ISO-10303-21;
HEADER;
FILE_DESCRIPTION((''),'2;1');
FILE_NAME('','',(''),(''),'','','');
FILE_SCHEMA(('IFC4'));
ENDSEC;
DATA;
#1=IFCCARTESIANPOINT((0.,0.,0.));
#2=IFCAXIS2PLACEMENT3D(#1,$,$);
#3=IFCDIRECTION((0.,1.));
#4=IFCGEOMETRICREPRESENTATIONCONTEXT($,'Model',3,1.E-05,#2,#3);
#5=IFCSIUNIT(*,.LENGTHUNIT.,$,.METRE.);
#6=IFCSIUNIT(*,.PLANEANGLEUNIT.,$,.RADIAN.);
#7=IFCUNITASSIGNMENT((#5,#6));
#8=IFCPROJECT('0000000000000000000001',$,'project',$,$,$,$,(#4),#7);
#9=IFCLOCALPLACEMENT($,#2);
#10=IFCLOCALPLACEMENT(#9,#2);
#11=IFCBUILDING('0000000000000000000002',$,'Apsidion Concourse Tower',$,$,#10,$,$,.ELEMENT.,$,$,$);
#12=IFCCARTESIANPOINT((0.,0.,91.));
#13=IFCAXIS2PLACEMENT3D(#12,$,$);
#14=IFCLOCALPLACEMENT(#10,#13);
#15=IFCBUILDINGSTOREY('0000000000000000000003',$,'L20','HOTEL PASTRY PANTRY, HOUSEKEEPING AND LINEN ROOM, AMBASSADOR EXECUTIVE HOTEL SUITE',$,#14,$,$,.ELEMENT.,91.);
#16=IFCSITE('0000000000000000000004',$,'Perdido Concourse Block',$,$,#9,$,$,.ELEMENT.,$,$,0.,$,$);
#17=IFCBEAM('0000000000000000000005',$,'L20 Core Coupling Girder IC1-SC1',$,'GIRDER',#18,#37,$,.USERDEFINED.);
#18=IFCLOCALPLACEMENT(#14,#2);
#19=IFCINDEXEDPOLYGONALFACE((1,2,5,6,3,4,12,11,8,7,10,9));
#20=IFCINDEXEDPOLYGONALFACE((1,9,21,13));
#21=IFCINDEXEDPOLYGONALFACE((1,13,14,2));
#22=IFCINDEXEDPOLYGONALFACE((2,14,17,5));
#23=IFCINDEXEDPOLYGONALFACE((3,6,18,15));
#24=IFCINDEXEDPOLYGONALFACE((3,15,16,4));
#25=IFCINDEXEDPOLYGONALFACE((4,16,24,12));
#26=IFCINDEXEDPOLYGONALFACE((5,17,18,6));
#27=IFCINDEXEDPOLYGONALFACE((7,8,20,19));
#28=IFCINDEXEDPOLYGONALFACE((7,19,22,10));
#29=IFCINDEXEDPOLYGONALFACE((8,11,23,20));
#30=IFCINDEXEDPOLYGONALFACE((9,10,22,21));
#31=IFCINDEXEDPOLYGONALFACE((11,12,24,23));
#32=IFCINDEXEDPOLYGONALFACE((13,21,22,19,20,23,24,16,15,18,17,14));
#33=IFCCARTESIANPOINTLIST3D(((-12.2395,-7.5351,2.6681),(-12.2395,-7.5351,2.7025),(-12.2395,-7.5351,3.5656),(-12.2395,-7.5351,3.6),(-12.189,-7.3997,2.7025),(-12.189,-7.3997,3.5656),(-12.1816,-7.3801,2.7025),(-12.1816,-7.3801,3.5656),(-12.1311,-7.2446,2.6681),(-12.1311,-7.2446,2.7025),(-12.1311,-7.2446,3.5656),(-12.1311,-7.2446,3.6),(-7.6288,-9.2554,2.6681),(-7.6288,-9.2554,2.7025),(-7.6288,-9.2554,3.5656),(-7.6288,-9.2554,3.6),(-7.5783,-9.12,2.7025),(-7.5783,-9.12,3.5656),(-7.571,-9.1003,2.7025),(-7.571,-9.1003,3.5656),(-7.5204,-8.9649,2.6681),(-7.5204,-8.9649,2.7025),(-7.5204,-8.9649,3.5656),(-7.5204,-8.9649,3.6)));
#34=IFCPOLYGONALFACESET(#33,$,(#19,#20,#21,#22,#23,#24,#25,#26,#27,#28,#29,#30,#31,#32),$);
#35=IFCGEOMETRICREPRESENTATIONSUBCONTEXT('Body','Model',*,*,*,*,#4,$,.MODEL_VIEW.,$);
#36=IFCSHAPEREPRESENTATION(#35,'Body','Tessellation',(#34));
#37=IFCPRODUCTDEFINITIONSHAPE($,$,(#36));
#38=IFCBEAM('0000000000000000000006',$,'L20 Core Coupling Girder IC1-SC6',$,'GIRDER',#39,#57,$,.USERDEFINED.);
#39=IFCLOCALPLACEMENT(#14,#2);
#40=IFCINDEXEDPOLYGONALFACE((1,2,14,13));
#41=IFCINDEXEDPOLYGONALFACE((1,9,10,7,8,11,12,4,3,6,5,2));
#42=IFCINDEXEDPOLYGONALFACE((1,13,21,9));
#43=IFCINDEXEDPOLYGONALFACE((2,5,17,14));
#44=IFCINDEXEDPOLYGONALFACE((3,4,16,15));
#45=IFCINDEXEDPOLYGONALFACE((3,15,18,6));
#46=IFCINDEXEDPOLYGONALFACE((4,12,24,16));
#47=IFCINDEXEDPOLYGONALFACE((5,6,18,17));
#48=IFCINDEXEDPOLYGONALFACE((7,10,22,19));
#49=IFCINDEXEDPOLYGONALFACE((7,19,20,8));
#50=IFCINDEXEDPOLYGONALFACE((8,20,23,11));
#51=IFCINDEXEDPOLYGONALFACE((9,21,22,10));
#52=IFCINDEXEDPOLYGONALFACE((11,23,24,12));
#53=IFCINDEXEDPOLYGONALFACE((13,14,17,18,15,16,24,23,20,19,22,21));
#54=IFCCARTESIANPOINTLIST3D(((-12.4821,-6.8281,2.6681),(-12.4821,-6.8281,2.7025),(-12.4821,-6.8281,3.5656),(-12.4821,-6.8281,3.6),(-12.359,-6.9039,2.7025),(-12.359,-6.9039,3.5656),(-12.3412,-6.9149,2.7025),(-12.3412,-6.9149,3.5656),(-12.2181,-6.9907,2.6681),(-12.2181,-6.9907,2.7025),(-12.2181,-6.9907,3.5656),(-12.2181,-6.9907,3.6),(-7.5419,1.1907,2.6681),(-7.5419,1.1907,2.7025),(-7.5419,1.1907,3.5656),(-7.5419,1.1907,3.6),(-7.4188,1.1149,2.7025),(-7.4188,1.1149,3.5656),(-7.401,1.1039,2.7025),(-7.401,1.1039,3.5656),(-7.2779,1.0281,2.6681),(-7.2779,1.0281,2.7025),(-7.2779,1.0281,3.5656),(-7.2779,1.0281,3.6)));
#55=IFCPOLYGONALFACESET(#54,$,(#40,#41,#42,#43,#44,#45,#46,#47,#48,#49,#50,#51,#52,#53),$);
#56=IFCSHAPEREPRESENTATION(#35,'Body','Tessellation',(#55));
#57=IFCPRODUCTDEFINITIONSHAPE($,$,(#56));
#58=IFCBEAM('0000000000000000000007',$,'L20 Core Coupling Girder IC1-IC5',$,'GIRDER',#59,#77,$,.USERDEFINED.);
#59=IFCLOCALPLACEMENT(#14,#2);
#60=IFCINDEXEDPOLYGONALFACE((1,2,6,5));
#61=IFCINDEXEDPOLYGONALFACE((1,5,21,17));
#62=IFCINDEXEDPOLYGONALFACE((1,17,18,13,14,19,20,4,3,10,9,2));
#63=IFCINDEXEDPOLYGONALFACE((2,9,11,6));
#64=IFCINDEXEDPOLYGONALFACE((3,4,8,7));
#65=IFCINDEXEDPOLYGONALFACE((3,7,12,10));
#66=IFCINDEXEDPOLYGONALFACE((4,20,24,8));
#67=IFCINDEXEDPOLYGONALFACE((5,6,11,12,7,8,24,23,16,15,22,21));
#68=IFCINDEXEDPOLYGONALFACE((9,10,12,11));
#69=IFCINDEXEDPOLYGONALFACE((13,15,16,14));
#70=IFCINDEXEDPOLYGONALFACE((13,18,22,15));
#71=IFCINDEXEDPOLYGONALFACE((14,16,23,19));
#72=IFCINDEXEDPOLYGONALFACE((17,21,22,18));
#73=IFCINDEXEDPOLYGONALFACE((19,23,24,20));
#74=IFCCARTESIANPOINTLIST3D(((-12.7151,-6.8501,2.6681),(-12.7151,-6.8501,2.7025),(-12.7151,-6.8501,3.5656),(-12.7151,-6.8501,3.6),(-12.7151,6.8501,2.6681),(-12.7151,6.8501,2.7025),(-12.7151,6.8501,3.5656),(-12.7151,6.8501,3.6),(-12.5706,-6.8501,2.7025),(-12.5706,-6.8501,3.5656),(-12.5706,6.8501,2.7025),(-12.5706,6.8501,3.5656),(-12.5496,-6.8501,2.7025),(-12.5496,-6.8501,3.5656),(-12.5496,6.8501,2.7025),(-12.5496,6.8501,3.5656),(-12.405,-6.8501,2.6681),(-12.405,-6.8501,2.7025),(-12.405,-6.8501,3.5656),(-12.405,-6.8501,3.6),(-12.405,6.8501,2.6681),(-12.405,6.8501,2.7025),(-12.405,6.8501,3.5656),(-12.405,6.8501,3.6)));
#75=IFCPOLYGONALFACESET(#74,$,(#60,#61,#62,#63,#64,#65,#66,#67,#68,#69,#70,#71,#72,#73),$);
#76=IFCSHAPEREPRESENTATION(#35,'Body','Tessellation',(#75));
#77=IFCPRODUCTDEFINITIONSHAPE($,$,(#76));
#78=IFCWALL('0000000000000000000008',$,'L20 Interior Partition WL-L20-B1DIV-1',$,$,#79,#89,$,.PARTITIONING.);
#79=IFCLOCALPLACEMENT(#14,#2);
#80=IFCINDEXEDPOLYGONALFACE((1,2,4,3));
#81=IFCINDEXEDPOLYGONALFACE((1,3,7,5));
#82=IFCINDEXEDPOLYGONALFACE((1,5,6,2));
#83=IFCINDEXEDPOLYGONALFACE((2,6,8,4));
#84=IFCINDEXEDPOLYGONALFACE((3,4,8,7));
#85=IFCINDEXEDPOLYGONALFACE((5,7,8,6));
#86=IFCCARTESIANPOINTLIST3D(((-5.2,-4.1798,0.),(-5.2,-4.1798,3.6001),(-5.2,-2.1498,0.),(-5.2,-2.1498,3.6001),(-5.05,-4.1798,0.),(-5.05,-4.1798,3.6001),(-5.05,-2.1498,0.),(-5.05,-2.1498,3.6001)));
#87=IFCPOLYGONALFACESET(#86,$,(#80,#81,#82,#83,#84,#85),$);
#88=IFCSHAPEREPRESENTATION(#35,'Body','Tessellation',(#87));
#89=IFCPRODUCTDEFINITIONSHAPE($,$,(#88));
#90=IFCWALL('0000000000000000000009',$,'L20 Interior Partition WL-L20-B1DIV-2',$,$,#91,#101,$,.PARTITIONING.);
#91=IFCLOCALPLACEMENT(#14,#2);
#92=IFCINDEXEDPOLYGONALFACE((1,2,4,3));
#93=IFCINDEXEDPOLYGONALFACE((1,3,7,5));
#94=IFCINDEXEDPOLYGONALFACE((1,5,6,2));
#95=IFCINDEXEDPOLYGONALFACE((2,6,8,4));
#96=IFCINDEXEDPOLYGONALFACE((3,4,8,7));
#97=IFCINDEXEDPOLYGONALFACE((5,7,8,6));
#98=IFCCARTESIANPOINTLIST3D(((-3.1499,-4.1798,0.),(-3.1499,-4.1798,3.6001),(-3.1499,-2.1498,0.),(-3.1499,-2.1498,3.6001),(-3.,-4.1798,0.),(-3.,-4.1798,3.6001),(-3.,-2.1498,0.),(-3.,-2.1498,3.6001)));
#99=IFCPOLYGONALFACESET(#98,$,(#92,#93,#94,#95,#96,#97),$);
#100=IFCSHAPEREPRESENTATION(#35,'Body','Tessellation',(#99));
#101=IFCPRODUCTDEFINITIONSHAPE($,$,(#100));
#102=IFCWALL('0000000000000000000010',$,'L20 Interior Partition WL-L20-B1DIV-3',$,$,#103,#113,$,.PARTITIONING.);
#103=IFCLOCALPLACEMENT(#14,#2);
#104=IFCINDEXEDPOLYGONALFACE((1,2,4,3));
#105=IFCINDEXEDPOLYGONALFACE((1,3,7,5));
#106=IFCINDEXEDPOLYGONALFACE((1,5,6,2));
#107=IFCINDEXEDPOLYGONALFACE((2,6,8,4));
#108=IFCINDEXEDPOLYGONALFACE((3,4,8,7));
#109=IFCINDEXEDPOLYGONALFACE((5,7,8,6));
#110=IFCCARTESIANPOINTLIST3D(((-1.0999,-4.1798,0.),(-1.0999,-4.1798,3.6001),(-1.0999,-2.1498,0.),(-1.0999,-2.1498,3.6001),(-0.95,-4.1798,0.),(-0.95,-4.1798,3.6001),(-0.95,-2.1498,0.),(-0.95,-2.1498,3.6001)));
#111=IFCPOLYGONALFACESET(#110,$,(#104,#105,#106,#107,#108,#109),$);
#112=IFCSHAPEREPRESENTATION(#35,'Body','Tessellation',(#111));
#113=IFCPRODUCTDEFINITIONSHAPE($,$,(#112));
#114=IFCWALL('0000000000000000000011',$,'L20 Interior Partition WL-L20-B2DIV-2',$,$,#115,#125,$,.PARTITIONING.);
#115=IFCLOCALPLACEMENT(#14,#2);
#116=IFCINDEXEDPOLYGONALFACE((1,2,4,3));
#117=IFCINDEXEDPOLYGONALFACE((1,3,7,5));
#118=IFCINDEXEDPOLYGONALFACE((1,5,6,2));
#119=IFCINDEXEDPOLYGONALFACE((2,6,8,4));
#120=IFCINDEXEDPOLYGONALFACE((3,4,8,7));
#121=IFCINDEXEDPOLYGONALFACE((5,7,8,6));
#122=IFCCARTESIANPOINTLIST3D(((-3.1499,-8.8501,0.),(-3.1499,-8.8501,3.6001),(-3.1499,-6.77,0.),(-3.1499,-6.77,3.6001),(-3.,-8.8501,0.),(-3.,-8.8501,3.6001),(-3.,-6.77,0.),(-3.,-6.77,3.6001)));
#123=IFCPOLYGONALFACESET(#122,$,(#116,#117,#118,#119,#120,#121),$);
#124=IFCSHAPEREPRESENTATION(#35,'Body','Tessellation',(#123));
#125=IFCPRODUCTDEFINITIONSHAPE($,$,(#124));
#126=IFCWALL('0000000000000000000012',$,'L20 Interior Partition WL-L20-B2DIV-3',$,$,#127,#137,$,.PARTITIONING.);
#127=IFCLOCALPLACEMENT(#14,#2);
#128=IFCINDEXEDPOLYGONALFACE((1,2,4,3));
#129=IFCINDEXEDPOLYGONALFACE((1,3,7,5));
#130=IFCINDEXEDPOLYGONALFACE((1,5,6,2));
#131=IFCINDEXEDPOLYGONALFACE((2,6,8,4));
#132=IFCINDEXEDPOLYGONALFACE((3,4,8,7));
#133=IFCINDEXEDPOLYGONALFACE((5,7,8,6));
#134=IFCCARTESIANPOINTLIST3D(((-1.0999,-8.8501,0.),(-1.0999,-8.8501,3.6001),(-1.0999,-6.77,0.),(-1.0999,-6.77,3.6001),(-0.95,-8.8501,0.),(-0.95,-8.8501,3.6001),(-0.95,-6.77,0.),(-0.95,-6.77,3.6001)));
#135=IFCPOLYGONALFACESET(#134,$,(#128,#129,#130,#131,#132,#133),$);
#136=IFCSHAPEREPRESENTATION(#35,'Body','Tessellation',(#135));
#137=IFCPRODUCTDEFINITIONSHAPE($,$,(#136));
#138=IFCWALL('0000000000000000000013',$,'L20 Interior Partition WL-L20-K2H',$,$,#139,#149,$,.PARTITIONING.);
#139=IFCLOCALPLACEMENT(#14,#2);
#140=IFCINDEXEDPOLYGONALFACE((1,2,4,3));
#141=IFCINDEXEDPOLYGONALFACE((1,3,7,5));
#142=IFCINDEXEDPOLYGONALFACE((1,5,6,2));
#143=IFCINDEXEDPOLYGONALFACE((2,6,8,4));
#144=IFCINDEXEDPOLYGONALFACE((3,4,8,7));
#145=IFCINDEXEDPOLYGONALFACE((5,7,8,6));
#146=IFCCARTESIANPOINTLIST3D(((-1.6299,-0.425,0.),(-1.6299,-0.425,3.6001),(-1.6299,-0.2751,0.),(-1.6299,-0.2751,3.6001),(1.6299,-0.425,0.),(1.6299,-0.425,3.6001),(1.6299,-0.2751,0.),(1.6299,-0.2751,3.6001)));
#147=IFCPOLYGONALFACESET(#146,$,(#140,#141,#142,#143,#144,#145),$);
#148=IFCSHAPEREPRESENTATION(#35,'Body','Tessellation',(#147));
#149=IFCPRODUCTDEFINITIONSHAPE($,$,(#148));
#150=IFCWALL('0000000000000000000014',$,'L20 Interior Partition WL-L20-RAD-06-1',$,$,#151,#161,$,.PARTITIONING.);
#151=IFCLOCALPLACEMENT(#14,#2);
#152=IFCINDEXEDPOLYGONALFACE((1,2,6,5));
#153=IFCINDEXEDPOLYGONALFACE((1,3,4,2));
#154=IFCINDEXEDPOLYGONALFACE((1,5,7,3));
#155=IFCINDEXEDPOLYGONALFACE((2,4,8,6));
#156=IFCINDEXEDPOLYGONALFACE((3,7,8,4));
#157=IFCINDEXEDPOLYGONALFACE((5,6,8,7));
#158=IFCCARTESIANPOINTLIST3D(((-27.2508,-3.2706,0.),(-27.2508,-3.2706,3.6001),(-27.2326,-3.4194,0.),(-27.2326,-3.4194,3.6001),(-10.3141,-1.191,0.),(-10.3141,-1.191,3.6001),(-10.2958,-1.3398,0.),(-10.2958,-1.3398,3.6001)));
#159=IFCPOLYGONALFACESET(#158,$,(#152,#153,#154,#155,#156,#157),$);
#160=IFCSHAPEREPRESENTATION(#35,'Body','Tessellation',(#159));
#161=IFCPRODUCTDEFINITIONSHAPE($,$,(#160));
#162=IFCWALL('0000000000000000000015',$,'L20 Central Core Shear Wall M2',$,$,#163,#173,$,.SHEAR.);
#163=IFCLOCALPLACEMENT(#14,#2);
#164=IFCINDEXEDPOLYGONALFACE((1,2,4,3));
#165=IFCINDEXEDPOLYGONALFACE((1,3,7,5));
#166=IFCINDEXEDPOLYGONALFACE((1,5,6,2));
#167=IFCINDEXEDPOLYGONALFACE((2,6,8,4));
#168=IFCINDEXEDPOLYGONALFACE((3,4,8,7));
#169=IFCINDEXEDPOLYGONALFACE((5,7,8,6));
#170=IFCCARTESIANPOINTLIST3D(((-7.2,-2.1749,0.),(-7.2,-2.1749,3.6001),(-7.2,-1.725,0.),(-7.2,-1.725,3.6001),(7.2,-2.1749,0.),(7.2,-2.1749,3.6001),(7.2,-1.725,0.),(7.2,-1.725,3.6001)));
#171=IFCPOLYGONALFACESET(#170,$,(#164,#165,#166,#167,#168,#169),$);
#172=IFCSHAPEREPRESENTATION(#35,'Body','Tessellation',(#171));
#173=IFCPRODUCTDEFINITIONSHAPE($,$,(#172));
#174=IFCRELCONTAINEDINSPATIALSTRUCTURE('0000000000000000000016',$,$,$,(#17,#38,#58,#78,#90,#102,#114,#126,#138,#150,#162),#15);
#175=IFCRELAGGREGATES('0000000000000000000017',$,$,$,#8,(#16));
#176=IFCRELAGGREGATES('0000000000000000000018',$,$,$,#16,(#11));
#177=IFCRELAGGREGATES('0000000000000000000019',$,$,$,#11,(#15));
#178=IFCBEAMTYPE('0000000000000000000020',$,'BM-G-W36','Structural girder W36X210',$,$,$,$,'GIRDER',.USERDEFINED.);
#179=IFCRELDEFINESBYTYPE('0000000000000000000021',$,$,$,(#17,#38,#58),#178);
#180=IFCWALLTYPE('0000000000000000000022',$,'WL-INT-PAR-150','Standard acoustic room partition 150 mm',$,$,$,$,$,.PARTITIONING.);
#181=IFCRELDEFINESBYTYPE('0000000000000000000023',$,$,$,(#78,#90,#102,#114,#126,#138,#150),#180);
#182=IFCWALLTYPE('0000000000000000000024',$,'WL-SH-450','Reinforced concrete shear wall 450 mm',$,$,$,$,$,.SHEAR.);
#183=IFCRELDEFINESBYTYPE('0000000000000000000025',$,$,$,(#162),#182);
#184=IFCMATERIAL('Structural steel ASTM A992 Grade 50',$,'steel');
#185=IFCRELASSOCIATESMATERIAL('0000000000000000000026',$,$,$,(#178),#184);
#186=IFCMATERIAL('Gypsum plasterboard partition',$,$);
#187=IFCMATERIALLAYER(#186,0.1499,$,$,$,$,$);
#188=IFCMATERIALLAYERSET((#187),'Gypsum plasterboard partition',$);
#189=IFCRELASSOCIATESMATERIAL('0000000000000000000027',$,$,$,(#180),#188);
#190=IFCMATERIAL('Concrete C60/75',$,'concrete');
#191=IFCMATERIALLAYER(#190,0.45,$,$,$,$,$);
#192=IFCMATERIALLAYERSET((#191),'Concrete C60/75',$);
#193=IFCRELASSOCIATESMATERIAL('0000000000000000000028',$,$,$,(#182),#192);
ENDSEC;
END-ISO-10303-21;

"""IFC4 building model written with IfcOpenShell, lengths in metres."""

from ifc_helpers import new_model, si_unit, direction, frame, frame_2d, origin, origin_2d, place, context, subcontext, project, spatial, rectangle, i_section, extrude, material, layer, layer_set, material_profile, profile_set, type_object, element, save


model = new_model("IFC4")

# Units and contexts
model_context = context("Model", 3, precision=1e-05, world=origin(), true_north=direction((0.0, 1.0)))
body_context = subcontext(model_context, "Body", "Model", "MODEL_VIEW")
ifc_project = project(units=[si_unit("LENGTHUNIT", "METRE"), si_unit("PLANEANGLEUNIT", "RADIAN")], contexts=[model_context])

# Site, building, storey
site_placement = place(None, origin())
site = spatial("IfcSite", under=ifc_project, at=site_placement, Name="Perdido Concourse Block", CompositionType="ELEMENT", RefElevation=0.0)
building_placement = place(site_placement, origin())
building = spatial("IfcBuilding", under=site, at=building_placement, Name="Apsidion Concourse Tower", CompositionType="ELEMENT")
storey_placement = place(building_placement, frame((0.0, 0.0, 91.0)))
storey = spatial("IfcBuildingStorey", under=building, at=storey_placement, Name="L20", Description="HOTEL PASTRY PANTRY, HOUSEKEEPING AND LINEN ROOM, AMBASSADOR EXECUTIVE HOTEL SUITE", CompositionType="ELEMENT", Elevation=91.0)

# Beams
ifc_material_1 = material(Name="Structural steel ASTM A992 Grade 50", Category="steel")
ifc_material_profile = material_profile(ifc_material_1, i_section(OverallWidth=0.3101, OverallDepth=0.9319, WebThickness=0.021, FlangeThickness=0.0344, at=origin_2d()), Name="W36X210")
ifc_profile_set = profile_set([ifc_material_profile], Name="Structural steel ASTM A992 Grade 50")
beam_type = type_object("IfcBeamType", Name="BM-G-W36", Description="Structural girder W36X210", ElementType="GIRDER", PredefinedType="USERDEFINED", material=ifc_profile_set)
beam_1_placement = place(storey_placement, frame((-12.1853, -7.3899, 3.134), z_axis=(0.936913, -0.349563, 0.0), x_axis=(0.349563, 0.936913, 0.0)))
element("IfcBeam", 1, at=beam_1_placement, inside=storey, type_object=beam_type, Name="L20 Core Coupling Girder IC1-SC1", ObjectType="GIRDER", PredefinedType="USERDEFINED", context=body_context, shape_type="SweptSolid", body=[
    extrude(i_section(OverallWidth=0.3101, OverallDepth=0.9319, WebThickness=0.021, FlangeThickness=0.0344, at=origin_2d()), origin(), (0.0, 0.0, 1.0), 4.9211),
])
beam_2_placement = place(storey_placement, frame((-12.3501, -6.9094, 3.134), z_axis=(0.524524, 0.851396, 0.0), x_axis=(-0.851396, 0.524524, 0.0)))
element("IfcBeam", 2, at=beam_2_placement, inside=storey, type_object=beam_type, Name="L20 Core Coupling Girder IC1-SC6", ObjectType="GIRDER", PredefinedType="USERDEFINED", context=body_context, shape_type="SweptSolid", body=[
    extrude(i_section(OverallWidth=0.3101, OverallDepth=0.9319, WebThickness=0.021, FlangeThickness=0.0344, at=origin_2d()), origin(), (0.0, 0.0, 1.0), 9.4185),
])
beam_3_placement = place(storey_placement, frame((-12.5601, -6.8501, 3.134), z_axis=(0.0, 1.0, 0.0), x_axis=(-1.0, 0.0, 0.0)))
element("IfcBeam", 3, at=beam_3_placement, inside=storey, type_object=beam_type, Name="L20 Core Coupling Girder IC1-IC5", ObjectType="GIRDER", PredefinedType="USERDEFINED", context=body_context, shape_type="SweptSolid", body=[
    extrude(i_section(OverallWidth=0.3101, OverallDepth=0.9319, WebThickness=0.021, FlangeThickness=0.0344, at=origin_2d()), origin(), (0.0, 0.0, 1.0), 13.7002),
])

# Walls
ifc_material_2 = material(Name="Gypsum plasterboard partition")
ifc_layer_1 = layer(ifc_material_2, 0.1499)
ifc_layer_set_1 = layer_set([ifc_layer_1], Name="Gypsum plasterboard partition")
wall_type_1 = type_object("IfcWallType", Name="WL-INT-PAR-150", Description="Standard acoustic room partition 150 mm", PredefinedType="PARTITIONING", material=ifc_layer_set_1)
for number, where, z_axis, x_axis, name in (
    (4, (-5.125, -4.1799, 0.0), (0.0, 0.0, 1.0), (0.0, 1.0, 0.0), "L20 Interior Partition WL-L20-B1DIV-1"),
    (5, (-3.075, -4.1799, 0.0), (0.0, 0.0, 1.0), (0.0, 1.0, 0.0), "L20 Interior Partition WL-L20-B1DIV-2"),
    (6, (-1.0249, -4.1799, 0.0), (0.0, 0.0, 1.0), (0.0, 1.0, 0.0), "L20 Interior Partition WL-L20-B1DIV-3"),
):
    element("IfcWall", number, at=place(storey_placement, frame(where, z_axis=z_axis, x_axis=x_axis)), inside=storey, type_object=wall_type_1, Name=name, PredefinedType="PARTITIONING", context=body_context, shape_type="SweptSolid", body=[
        extrude(rectangle(XDim=2.03, YDim=0.1499, at=frame_2d((1.0151, 0.0))), origin(), (0.0, 0.0, 1.0), 3.6001),
    ])
for number, where, z_axis, x_axis, name in (
    (7, (-3.075, -8.8501, 0.0), (0.0, 0.0, 1.0), (0.0, 1.0, 0.0), "L20 Interior Partition WL-L20-B2DIV-2"),
    (8, (-1.0249, -8.8501, 0.0), (0.0, 0.0, 1.0), (0.0, 1.0, 0.0), "L20 Interior Partition WL-L20-B2DIV-3"),
):
    element("IfcWall", number, at=place(storey_placement, frame(where, z_axis=z_axis, x_axis=x_axis)), inside=storey, type_object=wall_type_1, Name=name, PredefinedType="PARTITIONING", context=body_context, shape_type="SweptSolid", body=[
        extrude(rectangle(XDim=2.0801, YDim=0.1499, at=frame_2d((1.04, 0.0))), origin(), (0.0, 0.0, 1.0), 3.6001),
    ])
wall_1_placement = place(storey_placement, frame((-1.6299, -0.3501, 0.0), z_axis=(0.0, 0.0, 1.0), x_axis=(1.0, 0.0, 0.0)))
element("IfcWall", 9, at=wall_1_placement, inside=storey, type_object=wall_type_1, Name="L20 Interior Partition WL-L20-K2H", PredefinedType="PARTITIONING", context=body_context, shape_type="SweptSolid", body=[
    extrude(rectangle(XDim=3.2598, YDim=0.1499, at=frame_2d((1.6299, 0.0))), origin(), (0.0, 0.0, 1.0), 3.6001),
])
wall_2_placement = place(storey_placement, frame((-10.3049, -1.2654, 0.0), z_axis=(0.0, 0.0, 1.0), x_axis=(-0.992546, -0.12187, 0.0)))
element("IfcWall", 10, at=wall_2_placement, inside=storey, type_object=wall_type_1, Name="L20 Interior Partition WL-L20-RAD-06-1", PredefinedType="PARTITIONING", context=body_context, shape_type="SweptSolid", body=[
    extrude(rectangle(XDim=17.064, YDim=0.1499, at=frame_2d((8.532, 0.0))), origin(), (0.0, 0.0, 1.0), 3.6001),
])

# Wall
ifc_material_3 = material(Name="Concrete C60/75", Category="concrete")
ifc_layer_2 = layer(ifc_material_3, 0.45)
ifc_layer_set_2 = layer_set([ifc_layer_2], Name="Concrete C60/75")
wall_type_2 = type_object("IfcWallType", Name="WL-SH-450", Description="Reinforced concrete shear wall 450 mm", PredefinedType="SHEAR", material=ifc_layer_set_2)
wall_3_placement = place(storey_placement, frame((-7.2, -1.95, 0.0), z_axis=(0.0, 0.0, 1.0), x_axis=(1.0, 0.0, 0.0)))
element("IfcWall", 11, at=wall_3_placement, inside=storey, type_object=wall_type_2, Name="L20 Central Core Shear Wall M2", PredefinedType="SHEAR", context=body_context, shape_type="SweptSolid", body=[
    extrude(rectangle(XDim=14.3999, YDim=0.45, at=frame_2d((7.2, 0.0))), origin(), (0.0, 0.0, 1.0), 3.6001),
])

save(model, "model.ifc")
